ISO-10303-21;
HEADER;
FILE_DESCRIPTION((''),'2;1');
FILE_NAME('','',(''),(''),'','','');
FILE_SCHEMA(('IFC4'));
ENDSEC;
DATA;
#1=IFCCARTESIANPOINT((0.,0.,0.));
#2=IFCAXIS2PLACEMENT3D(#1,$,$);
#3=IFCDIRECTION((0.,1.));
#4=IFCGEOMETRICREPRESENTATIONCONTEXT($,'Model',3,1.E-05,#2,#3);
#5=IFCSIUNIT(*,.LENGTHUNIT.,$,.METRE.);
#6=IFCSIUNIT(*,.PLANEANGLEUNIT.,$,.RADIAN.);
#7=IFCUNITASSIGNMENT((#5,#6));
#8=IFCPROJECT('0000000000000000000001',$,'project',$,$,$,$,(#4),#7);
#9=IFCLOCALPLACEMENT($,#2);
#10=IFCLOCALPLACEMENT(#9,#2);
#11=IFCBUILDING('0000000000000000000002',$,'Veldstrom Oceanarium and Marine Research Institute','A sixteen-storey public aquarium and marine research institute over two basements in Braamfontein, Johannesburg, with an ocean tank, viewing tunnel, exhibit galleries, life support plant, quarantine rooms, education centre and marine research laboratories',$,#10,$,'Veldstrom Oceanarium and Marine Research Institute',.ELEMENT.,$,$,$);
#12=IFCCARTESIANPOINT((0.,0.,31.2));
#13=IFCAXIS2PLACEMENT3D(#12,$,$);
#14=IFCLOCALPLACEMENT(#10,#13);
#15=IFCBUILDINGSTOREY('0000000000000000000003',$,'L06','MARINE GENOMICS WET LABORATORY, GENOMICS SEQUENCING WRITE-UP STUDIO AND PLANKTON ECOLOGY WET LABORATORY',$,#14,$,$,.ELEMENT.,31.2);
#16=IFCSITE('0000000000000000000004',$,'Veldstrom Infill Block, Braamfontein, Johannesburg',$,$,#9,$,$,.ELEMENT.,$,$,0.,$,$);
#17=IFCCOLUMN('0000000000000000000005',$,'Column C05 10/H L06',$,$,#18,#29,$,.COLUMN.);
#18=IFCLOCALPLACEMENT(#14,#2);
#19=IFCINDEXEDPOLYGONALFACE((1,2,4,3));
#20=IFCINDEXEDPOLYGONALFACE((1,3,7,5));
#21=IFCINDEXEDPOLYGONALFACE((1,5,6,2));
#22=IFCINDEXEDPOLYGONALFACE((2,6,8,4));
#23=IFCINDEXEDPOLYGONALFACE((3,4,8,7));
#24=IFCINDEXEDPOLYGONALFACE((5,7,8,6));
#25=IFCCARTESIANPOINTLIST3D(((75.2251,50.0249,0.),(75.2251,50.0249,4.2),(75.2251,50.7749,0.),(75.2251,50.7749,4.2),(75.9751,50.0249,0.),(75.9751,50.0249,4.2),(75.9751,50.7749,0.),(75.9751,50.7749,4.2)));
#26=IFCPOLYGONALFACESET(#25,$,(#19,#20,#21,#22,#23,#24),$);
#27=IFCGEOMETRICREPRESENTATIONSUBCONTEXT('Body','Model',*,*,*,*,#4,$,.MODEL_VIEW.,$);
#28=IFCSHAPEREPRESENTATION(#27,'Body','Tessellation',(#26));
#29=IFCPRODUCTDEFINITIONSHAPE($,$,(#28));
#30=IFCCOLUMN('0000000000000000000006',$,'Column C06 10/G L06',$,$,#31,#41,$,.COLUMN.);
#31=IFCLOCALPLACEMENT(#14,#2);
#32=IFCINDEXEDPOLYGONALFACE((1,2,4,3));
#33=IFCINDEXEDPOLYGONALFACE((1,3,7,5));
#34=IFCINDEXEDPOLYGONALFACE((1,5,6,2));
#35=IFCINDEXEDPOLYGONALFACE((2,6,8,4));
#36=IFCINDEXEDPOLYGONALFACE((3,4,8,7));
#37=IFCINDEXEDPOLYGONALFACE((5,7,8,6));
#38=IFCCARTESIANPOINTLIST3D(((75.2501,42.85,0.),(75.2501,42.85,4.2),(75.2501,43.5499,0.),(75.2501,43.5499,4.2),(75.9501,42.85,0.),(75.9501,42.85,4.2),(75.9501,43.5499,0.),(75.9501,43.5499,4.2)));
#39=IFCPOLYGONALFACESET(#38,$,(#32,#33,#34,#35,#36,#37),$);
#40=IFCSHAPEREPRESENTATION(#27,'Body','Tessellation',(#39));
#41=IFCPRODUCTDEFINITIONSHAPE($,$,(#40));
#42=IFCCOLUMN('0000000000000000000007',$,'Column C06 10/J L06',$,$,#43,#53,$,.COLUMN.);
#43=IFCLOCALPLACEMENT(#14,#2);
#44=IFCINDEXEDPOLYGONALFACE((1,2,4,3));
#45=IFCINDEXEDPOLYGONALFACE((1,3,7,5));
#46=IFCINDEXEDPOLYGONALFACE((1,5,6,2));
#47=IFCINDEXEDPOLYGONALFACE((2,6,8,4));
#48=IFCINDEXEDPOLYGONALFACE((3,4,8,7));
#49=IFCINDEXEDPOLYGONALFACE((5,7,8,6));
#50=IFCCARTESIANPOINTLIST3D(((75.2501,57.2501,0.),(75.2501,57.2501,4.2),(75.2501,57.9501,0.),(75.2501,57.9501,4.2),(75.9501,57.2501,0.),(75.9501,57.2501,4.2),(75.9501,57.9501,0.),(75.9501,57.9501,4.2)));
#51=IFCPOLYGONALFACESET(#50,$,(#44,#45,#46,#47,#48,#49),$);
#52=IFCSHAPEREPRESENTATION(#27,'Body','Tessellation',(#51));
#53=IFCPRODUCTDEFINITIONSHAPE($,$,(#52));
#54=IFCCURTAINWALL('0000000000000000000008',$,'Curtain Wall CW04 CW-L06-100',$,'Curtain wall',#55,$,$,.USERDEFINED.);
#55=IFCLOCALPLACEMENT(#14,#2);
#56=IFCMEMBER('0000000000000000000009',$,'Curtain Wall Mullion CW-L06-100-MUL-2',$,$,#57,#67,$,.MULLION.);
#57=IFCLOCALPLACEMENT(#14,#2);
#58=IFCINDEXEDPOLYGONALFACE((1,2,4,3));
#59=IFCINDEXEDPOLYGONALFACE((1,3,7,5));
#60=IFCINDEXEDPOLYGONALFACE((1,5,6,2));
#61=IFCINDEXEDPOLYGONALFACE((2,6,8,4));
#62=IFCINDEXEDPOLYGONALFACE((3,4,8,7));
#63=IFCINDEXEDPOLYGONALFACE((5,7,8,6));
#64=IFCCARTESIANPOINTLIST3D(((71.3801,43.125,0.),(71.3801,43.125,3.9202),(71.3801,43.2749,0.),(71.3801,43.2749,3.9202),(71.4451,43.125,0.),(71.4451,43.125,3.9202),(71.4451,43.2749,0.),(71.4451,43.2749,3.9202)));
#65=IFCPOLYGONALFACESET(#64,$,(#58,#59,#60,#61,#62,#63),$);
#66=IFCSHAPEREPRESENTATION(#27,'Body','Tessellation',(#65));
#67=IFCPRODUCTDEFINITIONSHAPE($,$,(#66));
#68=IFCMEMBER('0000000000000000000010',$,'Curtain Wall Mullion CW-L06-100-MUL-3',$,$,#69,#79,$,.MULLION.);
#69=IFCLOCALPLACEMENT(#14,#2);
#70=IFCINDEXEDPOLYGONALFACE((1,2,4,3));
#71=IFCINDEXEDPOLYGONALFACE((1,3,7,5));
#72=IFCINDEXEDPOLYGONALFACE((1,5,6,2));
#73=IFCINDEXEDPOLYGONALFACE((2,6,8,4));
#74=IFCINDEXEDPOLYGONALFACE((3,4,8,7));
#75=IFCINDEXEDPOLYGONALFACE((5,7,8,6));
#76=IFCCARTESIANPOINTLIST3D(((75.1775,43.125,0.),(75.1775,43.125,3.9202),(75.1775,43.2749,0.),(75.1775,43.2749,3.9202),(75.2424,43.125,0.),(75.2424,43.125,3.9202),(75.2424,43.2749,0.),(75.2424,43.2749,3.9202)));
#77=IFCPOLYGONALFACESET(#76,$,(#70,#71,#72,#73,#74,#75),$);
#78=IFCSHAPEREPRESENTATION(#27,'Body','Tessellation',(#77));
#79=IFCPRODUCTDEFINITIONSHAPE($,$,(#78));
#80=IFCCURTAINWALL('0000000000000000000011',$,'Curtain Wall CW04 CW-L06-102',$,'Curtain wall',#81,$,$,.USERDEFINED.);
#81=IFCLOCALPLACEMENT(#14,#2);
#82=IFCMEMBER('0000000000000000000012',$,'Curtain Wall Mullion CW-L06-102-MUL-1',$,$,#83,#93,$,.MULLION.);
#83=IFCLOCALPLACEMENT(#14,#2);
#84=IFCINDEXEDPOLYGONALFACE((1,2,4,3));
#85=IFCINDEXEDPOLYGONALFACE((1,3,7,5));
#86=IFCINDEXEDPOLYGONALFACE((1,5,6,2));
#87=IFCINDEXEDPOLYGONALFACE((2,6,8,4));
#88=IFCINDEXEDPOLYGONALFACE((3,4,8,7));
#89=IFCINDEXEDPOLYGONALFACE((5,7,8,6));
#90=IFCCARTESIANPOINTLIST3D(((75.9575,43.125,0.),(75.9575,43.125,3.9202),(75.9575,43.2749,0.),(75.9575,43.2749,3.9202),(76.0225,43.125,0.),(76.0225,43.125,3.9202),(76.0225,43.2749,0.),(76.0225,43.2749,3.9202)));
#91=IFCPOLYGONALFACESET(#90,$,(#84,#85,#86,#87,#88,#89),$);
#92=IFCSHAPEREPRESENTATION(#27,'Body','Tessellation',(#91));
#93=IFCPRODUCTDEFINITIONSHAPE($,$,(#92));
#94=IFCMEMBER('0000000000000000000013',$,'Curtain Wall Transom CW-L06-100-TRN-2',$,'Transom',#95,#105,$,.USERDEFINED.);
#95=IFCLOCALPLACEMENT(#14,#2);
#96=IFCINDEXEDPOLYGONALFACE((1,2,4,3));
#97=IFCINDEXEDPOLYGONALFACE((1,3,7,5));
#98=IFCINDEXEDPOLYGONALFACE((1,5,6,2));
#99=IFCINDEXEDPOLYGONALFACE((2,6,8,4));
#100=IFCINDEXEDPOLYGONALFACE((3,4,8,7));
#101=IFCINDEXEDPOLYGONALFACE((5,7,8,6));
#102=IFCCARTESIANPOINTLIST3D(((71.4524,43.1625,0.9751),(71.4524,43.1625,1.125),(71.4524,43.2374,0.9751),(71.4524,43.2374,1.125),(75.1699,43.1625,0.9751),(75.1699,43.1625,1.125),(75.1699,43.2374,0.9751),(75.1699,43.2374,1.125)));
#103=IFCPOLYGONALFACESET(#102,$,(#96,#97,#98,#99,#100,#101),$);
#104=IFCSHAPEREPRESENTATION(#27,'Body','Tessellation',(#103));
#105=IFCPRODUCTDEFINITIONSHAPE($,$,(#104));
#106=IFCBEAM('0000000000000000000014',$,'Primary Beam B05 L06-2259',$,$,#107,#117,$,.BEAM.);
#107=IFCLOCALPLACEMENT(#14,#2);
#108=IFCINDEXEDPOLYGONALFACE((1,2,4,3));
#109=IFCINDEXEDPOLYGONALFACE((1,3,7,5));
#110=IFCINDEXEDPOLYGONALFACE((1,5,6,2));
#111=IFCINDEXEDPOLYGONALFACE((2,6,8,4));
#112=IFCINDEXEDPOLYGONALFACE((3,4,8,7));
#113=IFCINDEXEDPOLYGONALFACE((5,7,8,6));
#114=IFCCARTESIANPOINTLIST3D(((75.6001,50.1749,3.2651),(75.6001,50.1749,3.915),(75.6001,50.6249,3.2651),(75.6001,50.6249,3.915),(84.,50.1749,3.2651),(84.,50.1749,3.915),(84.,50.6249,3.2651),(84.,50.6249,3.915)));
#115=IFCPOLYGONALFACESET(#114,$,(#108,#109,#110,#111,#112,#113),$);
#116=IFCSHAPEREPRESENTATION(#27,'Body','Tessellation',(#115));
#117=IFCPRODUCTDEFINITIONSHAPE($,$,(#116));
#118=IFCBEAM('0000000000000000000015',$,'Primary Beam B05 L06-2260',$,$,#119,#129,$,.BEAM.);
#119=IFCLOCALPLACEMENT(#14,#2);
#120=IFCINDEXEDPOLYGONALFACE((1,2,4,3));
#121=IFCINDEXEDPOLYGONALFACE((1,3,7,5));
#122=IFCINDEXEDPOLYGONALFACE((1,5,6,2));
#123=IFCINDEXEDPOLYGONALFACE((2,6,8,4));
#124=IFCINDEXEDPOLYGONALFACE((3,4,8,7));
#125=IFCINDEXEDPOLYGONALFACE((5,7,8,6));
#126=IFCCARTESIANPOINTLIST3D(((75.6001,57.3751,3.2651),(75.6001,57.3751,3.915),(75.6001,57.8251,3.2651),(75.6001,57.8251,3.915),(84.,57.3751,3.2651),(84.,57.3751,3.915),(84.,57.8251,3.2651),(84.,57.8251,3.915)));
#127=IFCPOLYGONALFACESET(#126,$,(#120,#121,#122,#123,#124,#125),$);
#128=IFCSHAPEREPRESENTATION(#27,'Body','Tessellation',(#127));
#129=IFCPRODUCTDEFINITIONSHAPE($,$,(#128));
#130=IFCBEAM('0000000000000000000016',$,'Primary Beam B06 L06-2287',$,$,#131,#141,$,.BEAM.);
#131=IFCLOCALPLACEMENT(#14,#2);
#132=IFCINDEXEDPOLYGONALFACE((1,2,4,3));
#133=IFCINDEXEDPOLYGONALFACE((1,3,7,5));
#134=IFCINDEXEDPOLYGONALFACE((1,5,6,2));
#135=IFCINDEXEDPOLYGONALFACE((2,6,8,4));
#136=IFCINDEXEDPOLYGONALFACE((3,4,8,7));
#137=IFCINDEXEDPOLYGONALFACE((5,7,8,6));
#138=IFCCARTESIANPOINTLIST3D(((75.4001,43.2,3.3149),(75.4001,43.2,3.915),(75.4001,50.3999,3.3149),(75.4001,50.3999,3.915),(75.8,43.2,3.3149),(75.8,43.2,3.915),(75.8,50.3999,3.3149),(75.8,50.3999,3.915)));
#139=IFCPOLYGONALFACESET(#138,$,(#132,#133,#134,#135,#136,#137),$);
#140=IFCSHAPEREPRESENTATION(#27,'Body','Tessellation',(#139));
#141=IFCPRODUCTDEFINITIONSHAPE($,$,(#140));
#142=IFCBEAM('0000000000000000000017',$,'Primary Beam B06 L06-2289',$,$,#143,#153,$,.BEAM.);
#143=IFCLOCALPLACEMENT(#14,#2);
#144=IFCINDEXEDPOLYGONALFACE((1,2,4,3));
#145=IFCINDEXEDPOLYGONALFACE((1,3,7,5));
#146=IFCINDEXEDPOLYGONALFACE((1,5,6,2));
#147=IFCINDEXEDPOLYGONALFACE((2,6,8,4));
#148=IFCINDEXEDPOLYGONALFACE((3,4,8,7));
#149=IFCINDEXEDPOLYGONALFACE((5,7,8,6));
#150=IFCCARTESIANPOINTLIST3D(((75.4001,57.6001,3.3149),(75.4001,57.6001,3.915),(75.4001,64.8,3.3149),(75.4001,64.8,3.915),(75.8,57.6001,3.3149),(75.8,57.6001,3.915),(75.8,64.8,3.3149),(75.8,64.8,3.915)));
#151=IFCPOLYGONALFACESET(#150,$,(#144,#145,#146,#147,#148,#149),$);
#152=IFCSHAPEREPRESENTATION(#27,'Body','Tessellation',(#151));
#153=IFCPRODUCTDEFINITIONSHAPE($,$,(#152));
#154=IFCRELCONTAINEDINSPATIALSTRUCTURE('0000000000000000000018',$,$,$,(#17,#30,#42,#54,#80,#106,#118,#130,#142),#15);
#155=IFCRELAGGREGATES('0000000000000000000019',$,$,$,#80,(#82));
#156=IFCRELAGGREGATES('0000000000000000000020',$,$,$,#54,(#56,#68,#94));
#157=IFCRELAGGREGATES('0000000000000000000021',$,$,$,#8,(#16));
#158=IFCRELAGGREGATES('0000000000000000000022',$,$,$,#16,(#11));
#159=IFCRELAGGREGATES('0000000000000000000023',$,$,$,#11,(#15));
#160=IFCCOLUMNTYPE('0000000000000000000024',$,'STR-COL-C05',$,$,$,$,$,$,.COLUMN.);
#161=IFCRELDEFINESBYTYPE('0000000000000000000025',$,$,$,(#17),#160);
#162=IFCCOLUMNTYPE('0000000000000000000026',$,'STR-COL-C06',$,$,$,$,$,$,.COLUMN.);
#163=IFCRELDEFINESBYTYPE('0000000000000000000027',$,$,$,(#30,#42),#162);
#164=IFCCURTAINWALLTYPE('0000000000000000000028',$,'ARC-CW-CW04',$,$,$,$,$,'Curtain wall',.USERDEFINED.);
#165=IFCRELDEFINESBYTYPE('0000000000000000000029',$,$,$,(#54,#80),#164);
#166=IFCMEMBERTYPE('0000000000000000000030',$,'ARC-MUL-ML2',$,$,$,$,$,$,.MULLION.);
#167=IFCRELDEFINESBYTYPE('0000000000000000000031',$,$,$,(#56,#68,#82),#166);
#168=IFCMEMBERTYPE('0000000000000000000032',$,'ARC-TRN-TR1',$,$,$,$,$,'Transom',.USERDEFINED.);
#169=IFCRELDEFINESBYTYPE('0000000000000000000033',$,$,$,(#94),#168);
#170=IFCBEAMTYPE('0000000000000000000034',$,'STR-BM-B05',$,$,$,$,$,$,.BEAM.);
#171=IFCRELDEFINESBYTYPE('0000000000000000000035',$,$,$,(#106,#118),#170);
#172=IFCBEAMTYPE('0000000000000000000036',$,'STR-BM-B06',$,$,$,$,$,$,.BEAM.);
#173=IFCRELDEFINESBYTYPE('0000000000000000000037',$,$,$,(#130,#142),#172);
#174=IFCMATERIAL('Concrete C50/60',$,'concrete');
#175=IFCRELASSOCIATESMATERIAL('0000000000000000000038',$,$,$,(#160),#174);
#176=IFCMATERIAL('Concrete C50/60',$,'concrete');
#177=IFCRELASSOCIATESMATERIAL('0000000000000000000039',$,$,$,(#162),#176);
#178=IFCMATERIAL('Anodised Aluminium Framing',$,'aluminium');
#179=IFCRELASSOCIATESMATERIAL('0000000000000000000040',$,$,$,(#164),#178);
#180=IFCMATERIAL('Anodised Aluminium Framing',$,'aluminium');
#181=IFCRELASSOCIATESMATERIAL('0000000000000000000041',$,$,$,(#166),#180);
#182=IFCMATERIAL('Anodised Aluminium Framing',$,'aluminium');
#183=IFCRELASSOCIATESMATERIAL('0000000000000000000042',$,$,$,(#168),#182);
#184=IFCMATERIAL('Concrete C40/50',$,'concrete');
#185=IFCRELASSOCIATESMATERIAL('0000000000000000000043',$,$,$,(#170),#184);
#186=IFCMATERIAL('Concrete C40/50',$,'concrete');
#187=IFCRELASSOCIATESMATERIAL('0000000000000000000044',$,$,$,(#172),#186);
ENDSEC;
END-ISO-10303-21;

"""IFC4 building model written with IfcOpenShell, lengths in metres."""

from ifc_helpers import new_model, si_unit, direction, frame, origin, origin_2d, place, context, subcontext, project, spatial, rectangle, extrude, material, material_profile, profile_set, type_object, element, aggregate, save


model = new_model("IFC4")

# Units and contexts
model_context = context("Model", 3, precision=1e-05, world=origin(), true_north=direction((0.0, 1.0)))
body_context = subcontext(model_context, "Body", "Model", "MODEL_VIEW")
ifc_project = project(units=[si_unit("LENGTHUNIT", "METRE"), si_unit("PLANEANGLEUNIT", "RADIAN")], contexts=[model_context])

# Site, building, storey
site_placement = place(None, origin())
site = spatial("IfcSite", under=ifc_project, at=site_placement, Name="Veldstrom Infill Block, Braamfontein, Johannesburg", CompositionType="ELEMENT", RefElevation=0.0)
building_placement = place(site_placement, origin())
building = spatial("IfcBuilding", under=site, at=building_placement, Name="Veldstrom Oceanarium and Marine Research Institute", Description="A sixteen-storey public aquarium and marine research institute over two basements in Braamfontein, Johannesburg, with an ocean tank, viewing tunnel, exhibit galleries, life support plant, quarantine rooms, education centre and marine research laboratories", LongName="Veldstrom Oceanarium and Marine Research Institute", CompositionType="ELEMENT")
storey_placement = place(building_placement, frame((0.0, 0.0, 31.2)))
storey = spatial("IfcBuildingStorey", under=building, at=storey_placement, Name="L06", Description="MARINE GENOMICS WET LABORATORY, GENOMICS SEQUENCING WRITE-UP STUDIO AND PLANKTON ECOLOGY WET LABORATORY", CompositionType="ELEMENT", Elevation=31.2)

# Columns
ifc_material_1 = material(Name="Concrete C50/60", Category="concrete")
ifc_material_profile_1 = material_profile(ifc_material_1, rectangle(XDim=0.75, YDim=0.75, at=origin_2d()), Name="RC-COL-750x750")
ifc_profile_set_1 = profile_set([ifc_material_profile_1], Name="Concrete C50/60")
column_type_1 = type_object("IfcColumnType", Name="STR-COL-C05", PredefinedType="COLUMN", material=ifc_profile_set_1)
column_placement = place(storey_placement, frame((75.6001, 50.3999, 0.0), z_axis=(0.0, 0.0, 1.0), x_axis=(1.0, 0.0, 0.0)))
element("IfcColumn", 1, at=column_placement, inside=storey, type_object=column_type_1, Name="Column C05 10/H L06", PredefinedType="COLUMN", context=body_context, shape_type="SweptSolid", body=[
    extrude(rectangle(XDim=0.75, YDim=0.75, at=origin_2d()), origin(), (0.0, 0.0, 1.0), 4.2),
])
ifc_material_2 = material(Name="Concrete C50/60", Category="concrete")
ifc_material_profile_2 = material_profile(ifc_material_2, rectangle(XDim=0.7, YDim=0.7, at=origin_2d()), Name="RC-COL-700x700")
ifc_profile_set_2 = profile_set([ifc_material_profile_2], Name="Concrete C50/60")
column_type_2 = type_object("IfcColumnType", Name="STR-COL-C06", PredefinedType="COLUMN", material=ifc_profile_set_2)
for number, where, z_axis, x_axis, name in (
    (2, (75.6001, 43.2, 0.0), (0.0, 0.0, 1.0), (1.0, 0.0, 0.0), "Column C06 10/G L06"),
    (3, (75.6001, 57.6001, 0.0), (0.0, 0.0, 1.0), (1.0, 0.0, 0.0), "Column C06 10/J L06"),
):
    element("IfcColumn", number, at=place(storey_placement, frame(where, z_axis=z_axis, x_axis=x_axis)), inside=storey, type_object=column_type_2, Name=name, PredefinedType="COLUMN", context=body_context, shape_type="SweptSolid", body=[
        extrude(rectangle(XDim=0.7, YDim=0.7, at=origin_2d()), origin(), (0.0, 0.0, 1.0), 4.2),
    ])

# Curtain wall, members
ifc_material_3 = material(Name="Anodised Aluminium Framing", Category="aluminium")
curtain_wall_type = type_object("IfcCurtainWallType", Name="ARC-CW-CW04", ElementType="Curtain wall", PredefinedType="USERDEFINED", material=ifc_material_3)
curtain_wall_1_placement = place(storey_placement, origin())
curtain_wall_1 = element("IfcCurtainWall", 4, at=curtain_wall_1_placement, inside=storey, type_object=curtain_wall_type, Name="Curtain Wall CW04 CW-L06-100", ObjectType="Curtain wall", PredefinedType="USERDEFINED")
ifc_material_4 = material(Name="Anodised Aluminium Framing", Category="aluminium")
ifc_material_profile_3 = material_profile(ifc_material_4, rectangle(XDim=0.0649, YDim=0.1499, at=origin_2d()), Name="ALU-MUL-65x150")
ifc_profile_set_3 = profile_set([ifc_material_profile_3], Name="Anodised Aluminium Framing")
member_type_1 = type_object("IfcMemberType", Name="ARC-MUL-ML2", PredefinedType="MULLION", material=ifc_profile_set_3)
member_1_placement = place(storey_placement, frame((71.4126, 43.2, 0.0), z_axis=(0.0, 0.0, 1.0), x_axis=(1.0, 0.0, 0.0)))
member_1 = element("IfcMember", 5, at=member_1_placement, type_object=member_type_1, Name="Curtain Wall Mullion CW-L06-100-MUL-2", PredefinedType="MULLION", context=body_context, shape_type="SweptSolid", body=[
    extrude(rectangle(XDim=0.0649, YDim=0.1499, at=origin_2d()), origin(), (0.0, 0.0, 1.0), 3.9202),
])
member_2_placement = place(storey_placement, frame((75.21, 43.2, 0.0), z_axis=(0.0, 0.0, 1.0), x_axis=(1.0, 0.0, 0.0)))
member_2 = element("IfcMember", 6, at=member_2_placement, type_object=member_type_1, Name="Curtain Wall Mullion CW-L06-100-MUL-3", PredefinedType="MULLION", context=body_context, shape_type="SweptSolid", body=[
    extrude(rectangle(XDim=0.0649, YDim=0.1499, at=origin_2d()), origin(), (0.0, 0.0, 1.0), 3.9202),
])

# Curtain wall, member
curtain_wall_2_placement = place(storey_placement, origin())
curtain_wall_2 = element("IfcCurtainWall", 7, at=curtain_wall_2_placement, inside=storey, type_object=curtain_wall_type, Name="Curtain Wall CW04 CW-L06-102", ObjectType="Curtain wall", PredefinedType="USERDEFINED")
member_3_placement = place(storey_placement, frame((75.99, 43.2, 0.0), z_axis=(0.0, 0.0, 1.0), x_axis=(1.0, 0.0, 0.0)))
member_3 = element("IfcMember", 8, at=member_3_placement, type_object=member_type_1, Name="Curtain Wall Mullion CW-L06-102-MUL-1", PredefinedType="MULLION", context=body_context, shape_type="SweptSolid", body=[
    extrude(rectangle(XDim=0.0649, YDim=0.1499, at=origin_2d()), origin(), (0.0, 0.0, 1.0), 3.9202),
])
aggregate(curtain_wall_2, [member_3])

# Member
ifc_material_5 = material(Name="Anodised Aluminium Framing", Category="aluminium")
ifc_material_profile_4 = material_profile(ifc_material_5, rectangle(XDim=0.075, YDim=0.1499, at=origin_2d()), Name="ALU-TRN-75x150")
ifc_profile_set_4 = profile_set([ifc_material_profile_4], Name="Anodised Aluminium Framing")
member_type_2 = type_object("IfcMemberType", Name="ARC-TRN-TR1", ElementType="Transom", PredefinedType="USERDEFINED", material=ifc_profile_set_4)
member_4_placement = place(storey_placement, frame((71.4524, 43.2, 1.05), z_axis=(1.0, 0.0, 0.0), x_axis=(0.0, 1.0, 0.0)))
member_4 = element("IfcMember", 9, at=member_4_placement, type_object=member_type_2, Name="Curtain Wall Transom CW-L06-100-TRN-2", ObjectType="Transom", PredefinedType="USERDEFINED", context=body_context, shape_type="SweptSolid", body=[
    extrude(rectangle(XDim=0.075, YDim=0.1499, at=origin_2d()), origin(), (0.0, 0.0, 1.0), 3.7175),
])

# Beams
ifc_material_6 = material(Name="Concrete C40/50", Category="concrete")
ifc_material_profile_5 = material_profile(ifc_material_6, rectangle(XDim=0.45, YDim=0.6499, at=origin_2d()), Name="RC-BM-450x650")
ifc_profile_set_5 = profile_set([ifc_material_profile_5], Name="Concrete C40/50")
beam_type_1 = type_object("IfcBeamType", Name="STR-BM-B05", PredefinedType="BEAM", material=ifc_profile_set_5)
for number, where, z_axis, x_axis, name in (
    (10, (75.6001, 50.3999, 3.5901), (1.0, 0.0, 0.0), (0.0, 1.0, 0.0), "Primary Beam B05 L06-2259"),
    (11, (75.6001, 57.6001, 3.5901), (1.0, 0.0, 0.0), (0.0, 1.0, 0.0), "Primary Beam B05 L06-2260"),
):
    element("IfcBeam", number, at=place(storey_placement, frame(where, z_axis=z_axis, x_axis=x_axis)), inside=storey, type_object=beam_type_1, Name=name, PredefinedType="BEAM", context=body_context, shape_type="SweptSolid", body=[
        extrude(rectangle(XDim=0.45, YDim=0.6499, at=origin_2d()), origin(), (0.0, 0.0, 1.0), 8.3999),
    ])
ifc_material_7 = material(Name="Concrete C40/50", Category="concrete")
ifc_material_profile_6 = material_profile(ifc_material_7, rectangle(XDim=0.3999, YDim=0.6001, at=origin_2d()), Name="RC-BM-400x600")
ifc_profile_set_6 = profile_set([ifc_material_profile_6], Name="Concrete C40/50")
beam_type_2 = type_object("IfcBeamType", Name="STR-BM-B06", PredefinedType="BEAM", material=ifc_profile_set_6)
for number, where, z_axis, x_axis, name in (
    (12, (75.6001, 43.2, 3.615), (0.0, 1.0, 0.0), (-1.0, 0.0, 0.0), "Primary Beam B06 L06-2287"),
    (13, (75.6001, 57.6001, 3.615), (0.0, 1.0, 0.0), (-1.0, 0.0, 0.0), "Primary Beam B06 L06-2289"),
):
    element("IfcBeam", number, at=place(storey_placement, frame(where, z_axis=z_axis, x_axis=x_axis)), inside=storey, type_object=beam_type_2, Name=name, PredefinedType="BEAM", context=body_context, shape_type="SweptSolid", body=[
        extrude(rectangle(XDim=0.3999, YDim=0.6001, at=origin_2d()), origin(), (0.0, 0.0, 1.0), 7.2),
    ])

aggregate(curtain_wall_1, [member_1, member_2, member_4])

save(model, "model.ifc")
